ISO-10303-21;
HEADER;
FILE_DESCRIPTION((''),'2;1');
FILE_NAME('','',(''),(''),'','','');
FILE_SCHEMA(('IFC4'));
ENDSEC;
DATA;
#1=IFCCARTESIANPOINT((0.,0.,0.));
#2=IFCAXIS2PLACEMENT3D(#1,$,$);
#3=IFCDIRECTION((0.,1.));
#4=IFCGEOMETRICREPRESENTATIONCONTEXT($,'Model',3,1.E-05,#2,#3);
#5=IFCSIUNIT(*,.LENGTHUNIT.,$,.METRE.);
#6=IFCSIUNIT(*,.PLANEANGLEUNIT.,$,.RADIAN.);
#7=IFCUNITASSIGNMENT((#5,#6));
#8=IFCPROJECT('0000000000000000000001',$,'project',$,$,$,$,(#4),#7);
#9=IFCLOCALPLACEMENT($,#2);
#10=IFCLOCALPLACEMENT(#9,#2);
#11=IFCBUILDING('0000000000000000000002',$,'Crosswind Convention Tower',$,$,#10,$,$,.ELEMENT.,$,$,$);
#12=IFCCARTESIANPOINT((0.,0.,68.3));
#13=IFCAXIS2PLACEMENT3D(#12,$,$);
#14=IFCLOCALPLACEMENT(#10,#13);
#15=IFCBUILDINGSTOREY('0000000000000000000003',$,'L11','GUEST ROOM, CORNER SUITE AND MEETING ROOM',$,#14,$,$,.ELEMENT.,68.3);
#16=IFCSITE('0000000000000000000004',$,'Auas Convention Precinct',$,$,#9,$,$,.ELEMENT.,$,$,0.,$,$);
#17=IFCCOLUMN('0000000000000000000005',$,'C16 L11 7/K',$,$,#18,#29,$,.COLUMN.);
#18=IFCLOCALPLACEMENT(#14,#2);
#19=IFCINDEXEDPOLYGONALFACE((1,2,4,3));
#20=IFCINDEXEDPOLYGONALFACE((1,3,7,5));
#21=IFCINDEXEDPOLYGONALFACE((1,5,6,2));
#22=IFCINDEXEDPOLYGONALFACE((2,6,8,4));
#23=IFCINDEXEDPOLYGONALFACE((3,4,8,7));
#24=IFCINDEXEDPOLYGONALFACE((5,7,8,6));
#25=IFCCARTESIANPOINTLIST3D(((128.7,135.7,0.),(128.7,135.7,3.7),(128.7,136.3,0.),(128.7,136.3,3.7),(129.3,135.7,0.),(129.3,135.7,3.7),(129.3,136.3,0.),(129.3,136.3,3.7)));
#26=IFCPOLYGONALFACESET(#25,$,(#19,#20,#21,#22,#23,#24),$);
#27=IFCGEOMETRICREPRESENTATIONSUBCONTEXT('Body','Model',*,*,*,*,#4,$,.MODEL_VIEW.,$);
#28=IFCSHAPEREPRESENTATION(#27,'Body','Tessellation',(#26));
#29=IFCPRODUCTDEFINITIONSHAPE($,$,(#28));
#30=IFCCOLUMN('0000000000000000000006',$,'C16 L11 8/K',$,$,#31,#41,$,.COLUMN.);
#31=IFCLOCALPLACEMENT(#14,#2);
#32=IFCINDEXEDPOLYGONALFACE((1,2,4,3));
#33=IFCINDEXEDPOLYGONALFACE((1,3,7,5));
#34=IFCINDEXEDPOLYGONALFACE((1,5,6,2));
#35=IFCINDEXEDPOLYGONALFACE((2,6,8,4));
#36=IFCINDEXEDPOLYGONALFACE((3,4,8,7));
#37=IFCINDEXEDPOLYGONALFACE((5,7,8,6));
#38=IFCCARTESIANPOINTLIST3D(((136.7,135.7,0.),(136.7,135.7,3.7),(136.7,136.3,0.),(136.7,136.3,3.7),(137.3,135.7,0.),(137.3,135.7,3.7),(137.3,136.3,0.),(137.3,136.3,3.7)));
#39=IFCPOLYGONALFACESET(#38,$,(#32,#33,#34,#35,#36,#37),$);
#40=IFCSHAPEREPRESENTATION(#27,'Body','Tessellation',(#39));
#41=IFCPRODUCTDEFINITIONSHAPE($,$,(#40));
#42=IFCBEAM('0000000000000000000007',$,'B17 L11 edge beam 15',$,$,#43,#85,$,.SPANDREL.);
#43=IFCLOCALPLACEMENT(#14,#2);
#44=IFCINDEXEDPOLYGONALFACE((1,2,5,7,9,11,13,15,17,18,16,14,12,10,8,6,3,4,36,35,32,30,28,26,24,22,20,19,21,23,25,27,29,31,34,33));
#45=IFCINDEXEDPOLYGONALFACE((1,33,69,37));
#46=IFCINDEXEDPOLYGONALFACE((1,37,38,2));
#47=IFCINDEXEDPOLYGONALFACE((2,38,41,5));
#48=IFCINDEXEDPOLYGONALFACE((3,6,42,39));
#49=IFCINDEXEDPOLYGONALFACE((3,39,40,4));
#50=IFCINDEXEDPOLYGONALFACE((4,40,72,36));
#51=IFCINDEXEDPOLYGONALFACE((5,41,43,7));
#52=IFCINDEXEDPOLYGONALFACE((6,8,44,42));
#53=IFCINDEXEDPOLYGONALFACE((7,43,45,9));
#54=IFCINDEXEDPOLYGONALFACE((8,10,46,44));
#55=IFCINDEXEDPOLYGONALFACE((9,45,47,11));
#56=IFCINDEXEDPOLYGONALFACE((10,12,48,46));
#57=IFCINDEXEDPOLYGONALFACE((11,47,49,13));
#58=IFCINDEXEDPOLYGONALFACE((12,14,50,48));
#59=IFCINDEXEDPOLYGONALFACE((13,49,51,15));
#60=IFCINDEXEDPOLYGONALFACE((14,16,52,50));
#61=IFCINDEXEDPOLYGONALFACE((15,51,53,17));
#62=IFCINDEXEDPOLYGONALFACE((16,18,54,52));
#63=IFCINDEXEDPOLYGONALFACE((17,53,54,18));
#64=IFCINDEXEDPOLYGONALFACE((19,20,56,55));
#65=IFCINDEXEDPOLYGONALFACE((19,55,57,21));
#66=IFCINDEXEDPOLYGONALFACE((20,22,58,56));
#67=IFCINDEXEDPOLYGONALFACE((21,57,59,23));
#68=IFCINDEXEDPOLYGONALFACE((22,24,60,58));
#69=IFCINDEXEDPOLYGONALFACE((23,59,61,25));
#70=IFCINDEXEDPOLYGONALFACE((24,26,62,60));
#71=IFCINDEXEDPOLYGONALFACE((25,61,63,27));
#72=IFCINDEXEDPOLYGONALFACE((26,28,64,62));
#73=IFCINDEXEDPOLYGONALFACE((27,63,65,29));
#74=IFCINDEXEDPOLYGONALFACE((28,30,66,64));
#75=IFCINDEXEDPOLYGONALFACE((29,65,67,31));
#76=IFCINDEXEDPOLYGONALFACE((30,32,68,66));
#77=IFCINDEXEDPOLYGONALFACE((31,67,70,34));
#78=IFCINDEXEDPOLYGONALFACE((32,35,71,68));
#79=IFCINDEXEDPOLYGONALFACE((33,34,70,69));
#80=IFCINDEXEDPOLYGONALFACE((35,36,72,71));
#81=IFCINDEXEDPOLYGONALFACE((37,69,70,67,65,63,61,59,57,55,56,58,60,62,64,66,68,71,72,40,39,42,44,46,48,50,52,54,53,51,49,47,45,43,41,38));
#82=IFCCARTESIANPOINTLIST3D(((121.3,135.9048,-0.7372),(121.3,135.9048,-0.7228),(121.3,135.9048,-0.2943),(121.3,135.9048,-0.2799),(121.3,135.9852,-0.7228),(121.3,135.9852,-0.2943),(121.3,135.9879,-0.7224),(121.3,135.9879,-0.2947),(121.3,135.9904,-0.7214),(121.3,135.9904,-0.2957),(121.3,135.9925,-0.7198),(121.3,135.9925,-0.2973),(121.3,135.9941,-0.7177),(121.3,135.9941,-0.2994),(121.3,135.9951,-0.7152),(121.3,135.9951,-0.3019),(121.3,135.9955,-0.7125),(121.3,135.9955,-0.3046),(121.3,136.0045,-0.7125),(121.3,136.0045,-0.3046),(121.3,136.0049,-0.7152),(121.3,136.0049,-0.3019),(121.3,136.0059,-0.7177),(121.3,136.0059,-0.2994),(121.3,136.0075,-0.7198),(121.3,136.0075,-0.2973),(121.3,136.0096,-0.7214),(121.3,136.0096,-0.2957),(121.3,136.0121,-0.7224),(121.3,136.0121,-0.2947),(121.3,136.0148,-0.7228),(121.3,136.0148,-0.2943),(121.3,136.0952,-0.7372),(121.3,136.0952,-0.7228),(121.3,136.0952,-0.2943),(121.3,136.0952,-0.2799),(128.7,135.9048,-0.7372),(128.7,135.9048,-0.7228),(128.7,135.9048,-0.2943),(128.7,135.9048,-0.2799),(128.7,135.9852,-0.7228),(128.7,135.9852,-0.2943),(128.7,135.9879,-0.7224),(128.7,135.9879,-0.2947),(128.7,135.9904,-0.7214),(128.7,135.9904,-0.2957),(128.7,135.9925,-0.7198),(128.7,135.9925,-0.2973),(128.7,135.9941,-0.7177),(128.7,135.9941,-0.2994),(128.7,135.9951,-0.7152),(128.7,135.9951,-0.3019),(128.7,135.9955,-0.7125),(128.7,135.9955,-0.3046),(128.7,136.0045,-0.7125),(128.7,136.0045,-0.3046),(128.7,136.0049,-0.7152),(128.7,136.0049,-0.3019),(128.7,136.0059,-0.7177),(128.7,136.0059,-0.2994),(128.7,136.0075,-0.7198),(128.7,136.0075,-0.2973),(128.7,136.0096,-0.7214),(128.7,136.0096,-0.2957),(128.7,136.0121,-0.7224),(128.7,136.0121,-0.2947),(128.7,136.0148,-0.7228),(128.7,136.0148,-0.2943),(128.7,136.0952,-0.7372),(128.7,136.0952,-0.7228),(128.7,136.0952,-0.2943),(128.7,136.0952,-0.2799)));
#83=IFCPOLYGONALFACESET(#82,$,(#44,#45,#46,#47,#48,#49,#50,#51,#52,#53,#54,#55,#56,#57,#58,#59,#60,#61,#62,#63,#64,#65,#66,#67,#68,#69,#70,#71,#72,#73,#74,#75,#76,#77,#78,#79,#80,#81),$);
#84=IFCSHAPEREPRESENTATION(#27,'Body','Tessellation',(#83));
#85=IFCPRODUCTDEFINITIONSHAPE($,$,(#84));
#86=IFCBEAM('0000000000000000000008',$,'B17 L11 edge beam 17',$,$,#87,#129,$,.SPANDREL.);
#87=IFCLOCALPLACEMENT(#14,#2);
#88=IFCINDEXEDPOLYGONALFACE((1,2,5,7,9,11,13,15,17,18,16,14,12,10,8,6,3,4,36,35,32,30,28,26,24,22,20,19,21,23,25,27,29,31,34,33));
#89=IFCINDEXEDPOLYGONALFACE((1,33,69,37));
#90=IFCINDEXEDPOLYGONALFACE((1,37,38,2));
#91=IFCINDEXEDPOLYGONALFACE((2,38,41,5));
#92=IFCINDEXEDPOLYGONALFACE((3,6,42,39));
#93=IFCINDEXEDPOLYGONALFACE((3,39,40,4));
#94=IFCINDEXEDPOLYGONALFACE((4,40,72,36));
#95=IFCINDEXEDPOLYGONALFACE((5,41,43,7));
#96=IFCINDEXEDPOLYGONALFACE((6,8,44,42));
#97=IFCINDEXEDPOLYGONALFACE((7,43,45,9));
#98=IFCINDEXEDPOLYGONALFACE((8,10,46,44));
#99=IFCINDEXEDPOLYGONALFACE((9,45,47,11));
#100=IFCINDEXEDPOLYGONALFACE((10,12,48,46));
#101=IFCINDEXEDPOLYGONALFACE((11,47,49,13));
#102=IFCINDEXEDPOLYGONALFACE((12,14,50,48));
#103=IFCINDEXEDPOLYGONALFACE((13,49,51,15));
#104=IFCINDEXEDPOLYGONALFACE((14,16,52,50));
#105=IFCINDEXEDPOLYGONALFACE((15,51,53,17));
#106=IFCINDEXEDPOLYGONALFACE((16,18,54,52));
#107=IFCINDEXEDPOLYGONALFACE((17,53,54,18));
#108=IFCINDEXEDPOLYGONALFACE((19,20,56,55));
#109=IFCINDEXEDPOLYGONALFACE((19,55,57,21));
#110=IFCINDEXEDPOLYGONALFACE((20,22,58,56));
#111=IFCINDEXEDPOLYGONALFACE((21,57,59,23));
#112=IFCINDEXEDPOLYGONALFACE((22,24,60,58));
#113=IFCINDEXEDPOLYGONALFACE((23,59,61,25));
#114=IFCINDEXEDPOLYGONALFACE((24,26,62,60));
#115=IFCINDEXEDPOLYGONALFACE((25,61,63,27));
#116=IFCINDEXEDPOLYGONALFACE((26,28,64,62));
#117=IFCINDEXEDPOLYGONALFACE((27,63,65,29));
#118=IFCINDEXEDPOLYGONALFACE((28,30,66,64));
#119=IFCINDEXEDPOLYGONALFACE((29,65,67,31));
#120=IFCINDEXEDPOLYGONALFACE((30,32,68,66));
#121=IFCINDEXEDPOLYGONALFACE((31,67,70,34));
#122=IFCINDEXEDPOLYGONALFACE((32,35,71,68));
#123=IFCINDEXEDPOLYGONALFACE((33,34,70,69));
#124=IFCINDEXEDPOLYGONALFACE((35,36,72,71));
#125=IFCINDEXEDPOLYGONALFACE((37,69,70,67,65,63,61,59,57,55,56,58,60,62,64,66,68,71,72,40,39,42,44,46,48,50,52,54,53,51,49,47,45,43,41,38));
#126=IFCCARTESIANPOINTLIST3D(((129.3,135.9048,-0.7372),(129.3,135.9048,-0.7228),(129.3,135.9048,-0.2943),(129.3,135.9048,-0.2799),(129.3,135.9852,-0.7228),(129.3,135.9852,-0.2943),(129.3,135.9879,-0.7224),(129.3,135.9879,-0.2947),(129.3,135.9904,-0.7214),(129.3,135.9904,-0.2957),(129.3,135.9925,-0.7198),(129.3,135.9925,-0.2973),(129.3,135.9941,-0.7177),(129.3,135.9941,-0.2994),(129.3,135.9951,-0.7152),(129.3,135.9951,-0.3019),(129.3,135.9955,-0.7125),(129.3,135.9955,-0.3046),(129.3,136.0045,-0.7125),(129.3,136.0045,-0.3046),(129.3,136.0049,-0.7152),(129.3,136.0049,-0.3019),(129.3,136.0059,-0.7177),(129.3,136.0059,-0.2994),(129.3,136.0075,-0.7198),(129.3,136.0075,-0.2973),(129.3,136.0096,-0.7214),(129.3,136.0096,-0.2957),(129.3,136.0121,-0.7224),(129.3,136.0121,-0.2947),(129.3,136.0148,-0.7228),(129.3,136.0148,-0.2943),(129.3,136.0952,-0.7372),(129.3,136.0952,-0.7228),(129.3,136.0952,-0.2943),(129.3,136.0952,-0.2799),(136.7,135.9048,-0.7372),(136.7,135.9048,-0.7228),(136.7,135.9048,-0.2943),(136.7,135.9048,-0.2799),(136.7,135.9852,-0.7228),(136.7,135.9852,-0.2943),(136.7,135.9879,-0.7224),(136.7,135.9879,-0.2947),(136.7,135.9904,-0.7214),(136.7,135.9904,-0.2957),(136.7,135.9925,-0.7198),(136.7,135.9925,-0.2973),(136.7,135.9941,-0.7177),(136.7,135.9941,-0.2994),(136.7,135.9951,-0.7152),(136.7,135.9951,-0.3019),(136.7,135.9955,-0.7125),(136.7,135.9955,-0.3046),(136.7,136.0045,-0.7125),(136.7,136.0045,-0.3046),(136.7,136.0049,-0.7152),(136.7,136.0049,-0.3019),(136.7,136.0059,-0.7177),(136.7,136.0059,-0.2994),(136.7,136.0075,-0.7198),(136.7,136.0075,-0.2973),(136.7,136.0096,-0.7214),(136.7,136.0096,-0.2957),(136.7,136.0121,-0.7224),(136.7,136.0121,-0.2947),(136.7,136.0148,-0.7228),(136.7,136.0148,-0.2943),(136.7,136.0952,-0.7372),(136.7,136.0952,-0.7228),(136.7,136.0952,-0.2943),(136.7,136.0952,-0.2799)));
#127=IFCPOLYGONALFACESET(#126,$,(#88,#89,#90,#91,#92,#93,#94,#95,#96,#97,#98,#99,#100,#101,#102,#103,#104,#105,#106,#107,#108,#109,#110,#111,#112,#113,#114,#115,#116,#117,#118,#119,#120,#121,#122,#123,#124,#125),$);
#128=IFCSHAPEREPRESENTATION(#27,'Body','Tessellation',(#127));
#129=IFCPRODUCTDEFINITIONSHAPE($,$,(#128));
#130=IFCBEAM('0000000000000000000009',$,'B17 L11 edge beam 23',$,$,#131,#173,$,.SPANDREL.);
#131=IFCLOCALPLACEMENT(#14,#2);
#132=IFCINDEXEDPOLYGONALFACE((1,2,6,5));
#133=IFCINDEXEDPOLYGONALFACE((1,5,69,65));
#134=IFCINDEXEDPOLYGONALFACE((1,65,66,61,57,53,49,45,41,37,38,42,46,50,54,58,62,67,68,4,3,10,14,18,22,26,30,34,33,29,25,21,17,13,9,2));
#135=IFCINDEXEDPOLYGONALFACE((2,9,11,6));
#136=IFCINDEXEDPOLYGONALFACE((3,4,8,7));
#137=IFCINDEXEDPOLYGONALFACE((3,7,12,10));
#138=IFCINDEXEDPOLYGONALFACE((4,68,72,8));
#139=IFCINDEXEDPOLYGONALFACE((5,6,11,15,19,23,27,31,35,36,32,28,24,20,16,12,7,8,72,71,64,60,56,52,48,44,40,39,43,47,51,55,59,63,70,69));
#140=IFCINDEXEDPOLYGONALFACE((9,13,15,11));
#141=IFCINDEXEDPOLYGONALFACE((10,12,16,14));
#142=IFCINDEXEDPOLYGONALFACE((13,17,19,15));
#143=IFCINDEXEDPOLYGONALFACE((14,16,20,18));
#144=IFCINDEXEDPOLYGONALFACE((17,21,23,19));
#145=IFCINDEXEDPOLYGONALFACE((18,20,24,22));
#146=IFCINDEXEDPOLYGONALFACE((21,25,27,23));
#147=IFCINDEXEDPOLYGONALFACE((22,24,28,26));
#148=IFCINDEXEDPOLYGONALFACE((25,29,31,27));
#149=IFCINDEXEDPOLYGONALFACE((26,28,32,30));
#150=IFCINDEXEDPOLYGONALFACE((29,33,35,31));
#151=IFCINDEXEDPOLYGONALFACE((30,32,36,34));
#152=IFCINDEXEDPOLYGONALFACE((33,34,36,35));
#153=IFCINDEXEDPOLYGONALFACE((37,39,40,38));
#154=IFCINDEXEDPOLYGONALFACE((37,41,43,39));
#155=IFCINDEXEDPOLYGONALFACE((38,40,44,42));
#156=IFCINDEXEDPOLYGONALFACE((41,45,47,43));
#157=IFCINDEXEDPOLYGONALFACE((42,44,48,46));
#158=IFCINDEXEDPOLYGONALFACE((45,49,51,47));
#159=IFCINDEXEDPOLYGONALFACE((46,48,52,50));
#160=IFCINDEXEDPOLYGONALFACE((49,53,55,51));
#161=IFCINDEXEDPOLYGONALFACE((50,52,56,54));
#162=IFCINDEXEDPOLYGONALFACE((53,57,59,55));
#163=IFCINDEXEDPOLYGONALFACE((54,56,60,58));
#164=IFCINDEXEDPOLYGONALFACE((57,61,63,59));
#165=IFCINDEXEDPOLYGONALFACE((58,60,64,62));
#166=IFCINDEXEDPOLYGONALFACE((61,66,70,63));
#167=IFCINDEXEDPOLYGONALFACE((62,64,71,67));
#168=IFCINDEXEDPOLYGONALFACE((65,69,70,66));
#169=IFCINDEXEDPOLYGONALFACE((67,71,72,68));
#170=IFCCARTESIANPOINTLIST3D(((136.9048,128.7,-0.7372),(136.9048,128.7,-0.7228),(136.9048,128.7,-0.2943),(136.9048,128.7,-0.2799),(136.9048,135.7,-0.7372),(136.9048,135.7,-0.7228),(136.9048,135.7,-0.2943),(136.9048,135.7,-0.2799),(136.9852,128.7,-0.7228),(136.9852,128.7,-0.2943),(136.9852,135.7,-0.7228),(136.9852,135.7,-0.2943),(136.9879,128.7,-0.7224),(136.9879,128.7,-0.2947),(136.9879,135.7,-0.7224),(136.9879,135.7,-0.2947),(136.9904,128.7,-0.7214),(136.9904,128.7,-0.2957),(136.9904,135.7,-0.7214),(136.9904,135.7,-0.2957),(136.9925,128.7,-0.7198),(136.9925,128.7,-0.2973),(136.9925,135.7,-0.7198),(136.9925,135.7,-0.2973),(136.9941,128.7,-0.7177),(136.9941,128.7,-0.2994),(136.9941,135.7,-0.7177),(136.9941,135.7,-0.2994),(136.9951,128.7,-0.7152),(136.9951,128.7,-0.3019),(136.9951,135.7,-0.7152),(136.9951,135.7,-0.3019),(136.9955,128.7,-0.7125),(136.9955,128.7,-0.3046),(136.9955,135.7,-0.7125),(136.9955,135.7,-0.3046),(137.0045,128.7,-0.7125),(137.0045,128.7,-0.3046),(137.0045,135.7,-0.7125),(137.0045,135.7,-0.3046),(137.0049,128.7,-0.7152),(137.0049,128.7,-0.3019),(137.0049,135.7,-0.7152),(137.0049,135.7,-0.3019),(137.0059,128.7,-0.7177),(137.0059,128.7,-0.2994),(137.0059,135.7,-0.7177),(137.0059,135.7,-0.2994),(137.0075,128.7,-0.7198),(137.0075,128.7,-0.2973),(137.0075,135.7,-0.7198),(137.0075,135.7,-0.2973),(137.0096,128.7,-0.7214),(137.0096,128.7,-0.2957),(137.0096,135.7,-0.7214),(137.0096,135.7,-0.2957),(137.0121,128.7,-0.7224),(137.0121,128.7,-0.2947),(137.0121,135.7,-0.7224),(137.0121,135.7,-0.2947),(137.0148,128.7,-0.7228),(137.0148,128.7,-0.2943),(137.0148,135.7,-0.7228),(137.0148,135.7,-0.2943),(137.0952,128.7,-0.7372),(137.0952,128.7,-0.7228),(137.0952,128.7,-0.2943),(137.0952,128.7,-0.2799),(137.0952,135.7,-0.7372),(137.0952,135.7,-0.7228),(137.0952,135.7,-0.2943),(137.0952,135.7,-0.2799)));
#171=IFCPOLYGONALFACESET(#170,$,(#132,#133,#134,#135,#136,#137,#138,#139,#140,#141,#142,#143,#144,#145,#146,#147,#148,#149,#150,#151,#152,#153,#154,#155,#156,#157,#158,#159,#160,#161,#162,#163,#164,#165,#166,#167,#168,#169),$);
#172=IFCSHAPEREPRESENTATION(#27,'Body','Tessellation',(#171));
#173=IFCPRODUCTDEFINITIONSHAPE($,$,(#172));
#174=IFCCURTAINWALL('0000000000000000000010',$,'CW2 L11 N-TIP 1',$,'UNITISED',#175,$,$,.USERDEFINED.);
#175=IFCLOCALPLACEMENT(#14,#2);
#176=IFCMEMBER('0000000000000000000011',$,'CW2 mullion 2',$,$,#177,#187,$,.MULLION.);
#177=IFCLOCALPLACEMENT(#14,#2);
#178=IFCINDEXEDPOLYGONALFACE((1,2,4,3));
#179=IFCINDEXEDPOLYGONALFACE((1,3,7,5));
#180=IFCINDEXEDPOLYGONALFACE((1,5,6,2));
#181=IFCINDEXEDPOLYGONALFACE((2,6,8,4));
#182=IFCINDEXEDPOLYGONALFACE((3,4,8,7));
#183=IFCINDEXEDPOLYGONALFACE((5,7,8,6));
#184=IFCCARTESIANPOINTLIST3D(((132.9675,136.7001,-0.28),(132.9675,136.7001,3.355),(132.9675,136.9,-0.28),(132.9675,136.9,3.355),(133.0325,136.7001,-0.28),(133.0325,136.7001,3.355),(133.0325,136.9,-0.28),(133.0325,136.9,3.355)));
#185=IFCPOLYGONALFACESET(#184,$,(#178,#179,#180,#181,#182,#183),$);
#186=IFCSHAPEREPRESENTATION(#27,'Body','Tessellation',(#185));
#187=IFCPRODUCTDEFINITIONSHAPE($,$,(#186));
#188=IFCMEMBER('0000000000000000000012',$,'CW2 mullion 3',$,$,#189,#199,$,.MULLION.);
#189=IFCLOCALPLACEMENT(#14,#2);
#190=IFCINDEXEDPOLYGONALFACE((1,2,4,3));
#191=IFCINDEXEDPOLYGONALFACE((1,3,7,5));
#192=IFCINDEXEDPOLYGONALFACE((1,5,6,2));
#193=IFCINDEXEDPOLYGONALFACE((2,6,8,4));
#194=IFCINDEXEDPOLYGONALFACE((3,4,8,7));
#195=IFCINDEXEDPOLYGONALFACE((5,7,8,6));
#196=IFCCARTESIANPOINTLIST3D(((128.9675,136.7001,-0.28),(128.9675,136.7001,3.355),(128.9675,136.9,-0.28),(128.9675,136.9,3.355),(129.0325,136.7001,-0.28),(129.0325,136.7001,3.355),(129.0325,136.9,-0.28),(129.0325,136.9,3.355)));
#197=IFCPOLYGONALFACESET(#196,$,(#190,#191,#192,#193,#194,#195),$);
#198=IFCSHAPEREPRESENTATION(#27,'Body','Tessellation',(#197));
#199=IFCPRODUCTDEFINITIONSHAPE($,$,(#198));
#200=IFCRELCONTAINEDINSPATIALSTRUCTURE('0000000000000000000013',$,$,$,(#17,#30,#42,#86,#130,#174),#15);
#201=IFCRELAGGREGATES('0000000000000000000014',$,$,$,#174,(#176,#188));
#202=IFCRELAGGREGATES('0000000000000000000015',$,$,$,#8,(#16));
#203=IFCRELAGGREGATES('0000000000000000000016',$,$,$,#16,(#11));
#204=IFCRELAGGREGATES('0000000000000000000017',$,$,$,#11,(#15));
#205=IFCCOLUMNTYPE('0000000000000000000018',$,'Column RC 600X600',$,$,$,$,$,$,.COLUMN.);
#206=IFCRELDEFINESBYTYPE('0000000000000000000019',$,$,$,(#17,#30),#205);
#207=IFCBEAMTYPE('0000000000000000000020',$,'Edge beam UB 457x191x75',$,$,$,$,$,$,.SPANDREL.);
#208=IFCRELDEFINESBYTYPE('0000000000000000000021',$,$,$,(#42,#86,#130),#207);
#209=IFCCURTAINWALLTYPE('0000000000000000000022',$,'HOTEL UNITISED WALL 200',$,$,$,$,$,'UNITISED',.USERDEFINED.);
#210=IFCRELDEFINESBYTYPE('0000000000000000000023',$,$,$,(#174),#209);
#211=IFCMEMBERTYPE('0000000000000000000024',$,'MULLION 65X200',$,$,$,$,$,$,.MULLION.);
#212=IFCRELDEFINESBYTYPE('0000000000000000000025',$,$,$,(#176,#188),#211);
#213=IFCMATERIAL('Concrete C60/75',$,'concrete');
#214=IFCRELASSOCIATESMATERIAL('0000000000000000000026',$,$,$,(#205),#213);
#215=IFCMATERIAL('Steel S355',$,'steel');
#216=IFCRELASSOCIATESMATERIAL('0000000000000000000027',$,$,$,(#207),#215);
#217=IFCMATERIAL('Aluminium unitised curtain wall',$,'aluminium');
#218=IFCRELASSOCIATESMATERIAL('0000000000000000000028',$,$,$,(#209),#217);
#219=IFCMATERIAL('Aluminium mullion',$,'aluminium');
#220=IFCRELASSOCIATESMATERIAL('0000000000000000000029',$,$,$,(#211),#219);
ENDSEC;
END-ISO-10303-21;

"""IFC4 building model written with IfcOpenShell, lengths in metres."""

from ifc_helpers import new_model, si_unit, direction, frame, origin, origin_2d, place, context, subcontext, project, spatial, rectangle, i_section, extrude, material, material_profile, profile_set, type_object, element, aggregate, save


model = new_model("IFC4")

# Units and contexts
model_context = context("Model", 3, precision=1e-05, world=origin(), true_north=direction((0.0, 1.0)))
body_context = subcontext(model_context, "Body", "Model", "MODEL_VIEW")
ifc_project = project(units=[si_unit("LENGTHUNIT", "METRE"), si_unit("PLANEANGLEUNIT", "RADIAN")], contexts=[model_context])

# Site, building, storey
site_placement = place(None, origin())
site = spatial("IfcSite", under=ifc_project, at=site_placement, Name="Auas Convention Precinct", CompositionType="ELEMENT", RefElevation=0.0)
building_placement = place(site_placement, origin())
building = spatial("IfcBuilding", under=site, at=building_placement, Name="Crosswind Convention Tower", CompositionType="ELEMENT")
storey_placement = place(building_placement, frame((0.0, 0.0, 68.3)))
storey = spatial("IfcBuildingStorey", under=building, at=storey_placement, Name="L11", Description="GUEST ROOM, CORNER SUITE AND MEETING ROOM", CompositionType="ELEMENT", Elevation=68.3)

# Columns
ifc_material_1 = material(Name="Concrete C60/75", Category="concrete")
ifc_material_profile_1 = material_profile(ifc_material_1, rectangle(XDim=0.6001, YDim=0.6001, at=origin_2d()), Name="RC 600X600")
ifc_profile_set_1 = profile_set([ifc_material_profile_1], Name="Concrete C60/75")
column_type = type_object("IfcColumnType", Name="Column RC 600X600", PredefinedType="COLUMN", material=ifc_profile_set_1)
for number, where, z_axis, x_axis, name in (
    (1, (129.0, 136.0, 0.0), (0.0, 0.0, 1.0), (1.0, 0.0, 0.0), "C16 L11 7/K"),
    (2, (137.0, 136.0, 0.0), (0.0, 0.0, 1.0), (1.0, 0.0, 0.0), "C16 L11 8/K"),
):
    element("IfcColumn", number, at=place(storey_placement, frame(where, z_axis=z_axis, x_axis=x_axis)), inside=storey, type_object=column_type, Name=name, PredefinedType="COLUMN", context=body_context, shape_type="SweptSolid", body=[
        extrude(rectangle(XDim=0.6001, YDim=0.6001, at=origin_2d()), origin(), (0.0, 0.0, 1.0), 3.7),
    ])

# Beams
ifc_material_2 = material(Name="Steel S355", Category="steel")
ifc_material_profile_2 = material_profile(ifc_material_2, i_section(OverallWidth=0.1904, OverallDepth=0.4573, WebThickness=0.009, FlangeThickness=0.0144, FilletRadius=0.0103, at=origin_2d()), Name="UB 457x191x75")
ifc_profile_set_2 = profile_set([ifc_material_profile_2], Name="Steel S355")
beam_type_1 = type_object("IfcBeamType", Name="Edge beam UB 457x191x75", PredefinedType="SPANDREL", material=ifc_profile_set_2)
for number, where, z_axis, x_axis, name in (
    (3, (121.3, 136.0, -0.5085), (1.0, 0.0, 0.0), (0.0, 1.0, 0.0), "B17 L11 edge beam 15"),
    (4, (129.3, 136.0, -0.5085), (1.0, 0.0, 0.0), (0.0, 1.0, 0.0), "B17 L11 edge beam 17"),
):
    element("IfcBeam", number, at=place(storey_placement, frame(where, z_axis=z_axis, x_axis=x_axis)), inside=storey, type_object=beam_type_1, Name=name, PredefinedType="SPANDREL", context=body_context, shape_type="SweptSolid", body=[
        extrude(i_section(OverallWidth=0.1904, OverallDepth=0.4573, WebThickness=0.009, FlangeThickness=0.0144, FilletRadius=0.0103, at=origin_2d()), origin(), (0.0, 0.0, 1.0), 7.3999),
    ])
beam_1_placement = place(storey_placement, frame((137.0, 128.7, -0.5085), z_axis=(0.0, 1.0, 0.0), x_axis=(-1.0, 0.0, 0.0)))
element("IfcBeam", 5, at=beam_1_placement, inside=storey, type_object=beam_type_1, Name="B17 L11 edge beam 23", PredefinedType="SPANDREL", context=body_context, shape_type="SweptSolid", body=[
    extrude(i_section(OverallWidth=0.1904, OverallDepth=0.4573, WebThickness=0.009, FlangeThickness=0.0144, FilletRadius=0.0103, at=origin_2d()), origin(), (0.0, 0.0, 1.0), 7.0),
])

# Curtain wall, members
ifc_material_3 = material(Name="Aluminium unitised curtain wall", Category="aluminium")
curtain_wall_type = type_object("IfcCurtainWallType", Name="HOTEL UNITISED WALL 200", ElementType="UNITISED", PredefinedType="USERDEFINED", material=ifc_material_3)
curtain_wall_placement = place(storey_placement, origin())
curtain_wall = element("IfcCurtainWall", 6, at=curtain_wall_placement, inside=storey, type_object=curtain_wall_type, Name="CW2 L11 N-TIP 1", ObjectType="UNITISED", PredefinedType="USERDEFINED")
ifc_material_4 = material(Name="Aluminium mullion", Category="aluminium")
ifc_material_profile_3 = material_profile(ifc_material_4, rectangle(XDim=0.2, YDim=0.0649, at=origin_2d()), Name="AL 200X65")
ifc_profile_set_3 = profile_set([ifc_material_profile_3], Name="Aluminium mullion")
member_type = type_object("IfcMemberType", Name="MULLION 65X200", PredefinedType="MULLION", material=ifc_profile_set_3)
member_1_placement = place(storey_placement, frame((133.0, 136.8, -0.28), z_axis=(0.0, 0.0, 1.0), x_axis=(0.0, 1.0, 0.0)))
member_1 = element("IfcMember", 7, at=member_1_placement, type_object=member_type, Name="CW2 mullion 2", PredefinedType="MULLION", context=body_context, shape_type="SweptSolid", body=[
    extrude(rectangle(XDim=0.2, YDim=0.0649, at=origin_2d()), origin(), (0.0, 0.0, 1.0), 3.635),
])
member_2_placement = place(storey_placement, frame((129.0, 136.8, -0.28), z_axis=(0.0, 0.0, 1.0), x_axis=(0.0, 1.0, 0.0)))
member_2 = element("IfcMember", 8, at=member_2_placement, type_object=member_type, Name="CW2 mullion 3", PredefinedType="MULLION", context=body_context, shape_type="SweptSolid", body=[
    extrude(rectangle(XDim=0.2, YDim=0.0649, at=origin_2d()), origin(), (0.0, 0.0, 1.0), 3.635),
])

aggregate(curtain_wall, [member_1, member_2])

save(model, "model.ifc")
